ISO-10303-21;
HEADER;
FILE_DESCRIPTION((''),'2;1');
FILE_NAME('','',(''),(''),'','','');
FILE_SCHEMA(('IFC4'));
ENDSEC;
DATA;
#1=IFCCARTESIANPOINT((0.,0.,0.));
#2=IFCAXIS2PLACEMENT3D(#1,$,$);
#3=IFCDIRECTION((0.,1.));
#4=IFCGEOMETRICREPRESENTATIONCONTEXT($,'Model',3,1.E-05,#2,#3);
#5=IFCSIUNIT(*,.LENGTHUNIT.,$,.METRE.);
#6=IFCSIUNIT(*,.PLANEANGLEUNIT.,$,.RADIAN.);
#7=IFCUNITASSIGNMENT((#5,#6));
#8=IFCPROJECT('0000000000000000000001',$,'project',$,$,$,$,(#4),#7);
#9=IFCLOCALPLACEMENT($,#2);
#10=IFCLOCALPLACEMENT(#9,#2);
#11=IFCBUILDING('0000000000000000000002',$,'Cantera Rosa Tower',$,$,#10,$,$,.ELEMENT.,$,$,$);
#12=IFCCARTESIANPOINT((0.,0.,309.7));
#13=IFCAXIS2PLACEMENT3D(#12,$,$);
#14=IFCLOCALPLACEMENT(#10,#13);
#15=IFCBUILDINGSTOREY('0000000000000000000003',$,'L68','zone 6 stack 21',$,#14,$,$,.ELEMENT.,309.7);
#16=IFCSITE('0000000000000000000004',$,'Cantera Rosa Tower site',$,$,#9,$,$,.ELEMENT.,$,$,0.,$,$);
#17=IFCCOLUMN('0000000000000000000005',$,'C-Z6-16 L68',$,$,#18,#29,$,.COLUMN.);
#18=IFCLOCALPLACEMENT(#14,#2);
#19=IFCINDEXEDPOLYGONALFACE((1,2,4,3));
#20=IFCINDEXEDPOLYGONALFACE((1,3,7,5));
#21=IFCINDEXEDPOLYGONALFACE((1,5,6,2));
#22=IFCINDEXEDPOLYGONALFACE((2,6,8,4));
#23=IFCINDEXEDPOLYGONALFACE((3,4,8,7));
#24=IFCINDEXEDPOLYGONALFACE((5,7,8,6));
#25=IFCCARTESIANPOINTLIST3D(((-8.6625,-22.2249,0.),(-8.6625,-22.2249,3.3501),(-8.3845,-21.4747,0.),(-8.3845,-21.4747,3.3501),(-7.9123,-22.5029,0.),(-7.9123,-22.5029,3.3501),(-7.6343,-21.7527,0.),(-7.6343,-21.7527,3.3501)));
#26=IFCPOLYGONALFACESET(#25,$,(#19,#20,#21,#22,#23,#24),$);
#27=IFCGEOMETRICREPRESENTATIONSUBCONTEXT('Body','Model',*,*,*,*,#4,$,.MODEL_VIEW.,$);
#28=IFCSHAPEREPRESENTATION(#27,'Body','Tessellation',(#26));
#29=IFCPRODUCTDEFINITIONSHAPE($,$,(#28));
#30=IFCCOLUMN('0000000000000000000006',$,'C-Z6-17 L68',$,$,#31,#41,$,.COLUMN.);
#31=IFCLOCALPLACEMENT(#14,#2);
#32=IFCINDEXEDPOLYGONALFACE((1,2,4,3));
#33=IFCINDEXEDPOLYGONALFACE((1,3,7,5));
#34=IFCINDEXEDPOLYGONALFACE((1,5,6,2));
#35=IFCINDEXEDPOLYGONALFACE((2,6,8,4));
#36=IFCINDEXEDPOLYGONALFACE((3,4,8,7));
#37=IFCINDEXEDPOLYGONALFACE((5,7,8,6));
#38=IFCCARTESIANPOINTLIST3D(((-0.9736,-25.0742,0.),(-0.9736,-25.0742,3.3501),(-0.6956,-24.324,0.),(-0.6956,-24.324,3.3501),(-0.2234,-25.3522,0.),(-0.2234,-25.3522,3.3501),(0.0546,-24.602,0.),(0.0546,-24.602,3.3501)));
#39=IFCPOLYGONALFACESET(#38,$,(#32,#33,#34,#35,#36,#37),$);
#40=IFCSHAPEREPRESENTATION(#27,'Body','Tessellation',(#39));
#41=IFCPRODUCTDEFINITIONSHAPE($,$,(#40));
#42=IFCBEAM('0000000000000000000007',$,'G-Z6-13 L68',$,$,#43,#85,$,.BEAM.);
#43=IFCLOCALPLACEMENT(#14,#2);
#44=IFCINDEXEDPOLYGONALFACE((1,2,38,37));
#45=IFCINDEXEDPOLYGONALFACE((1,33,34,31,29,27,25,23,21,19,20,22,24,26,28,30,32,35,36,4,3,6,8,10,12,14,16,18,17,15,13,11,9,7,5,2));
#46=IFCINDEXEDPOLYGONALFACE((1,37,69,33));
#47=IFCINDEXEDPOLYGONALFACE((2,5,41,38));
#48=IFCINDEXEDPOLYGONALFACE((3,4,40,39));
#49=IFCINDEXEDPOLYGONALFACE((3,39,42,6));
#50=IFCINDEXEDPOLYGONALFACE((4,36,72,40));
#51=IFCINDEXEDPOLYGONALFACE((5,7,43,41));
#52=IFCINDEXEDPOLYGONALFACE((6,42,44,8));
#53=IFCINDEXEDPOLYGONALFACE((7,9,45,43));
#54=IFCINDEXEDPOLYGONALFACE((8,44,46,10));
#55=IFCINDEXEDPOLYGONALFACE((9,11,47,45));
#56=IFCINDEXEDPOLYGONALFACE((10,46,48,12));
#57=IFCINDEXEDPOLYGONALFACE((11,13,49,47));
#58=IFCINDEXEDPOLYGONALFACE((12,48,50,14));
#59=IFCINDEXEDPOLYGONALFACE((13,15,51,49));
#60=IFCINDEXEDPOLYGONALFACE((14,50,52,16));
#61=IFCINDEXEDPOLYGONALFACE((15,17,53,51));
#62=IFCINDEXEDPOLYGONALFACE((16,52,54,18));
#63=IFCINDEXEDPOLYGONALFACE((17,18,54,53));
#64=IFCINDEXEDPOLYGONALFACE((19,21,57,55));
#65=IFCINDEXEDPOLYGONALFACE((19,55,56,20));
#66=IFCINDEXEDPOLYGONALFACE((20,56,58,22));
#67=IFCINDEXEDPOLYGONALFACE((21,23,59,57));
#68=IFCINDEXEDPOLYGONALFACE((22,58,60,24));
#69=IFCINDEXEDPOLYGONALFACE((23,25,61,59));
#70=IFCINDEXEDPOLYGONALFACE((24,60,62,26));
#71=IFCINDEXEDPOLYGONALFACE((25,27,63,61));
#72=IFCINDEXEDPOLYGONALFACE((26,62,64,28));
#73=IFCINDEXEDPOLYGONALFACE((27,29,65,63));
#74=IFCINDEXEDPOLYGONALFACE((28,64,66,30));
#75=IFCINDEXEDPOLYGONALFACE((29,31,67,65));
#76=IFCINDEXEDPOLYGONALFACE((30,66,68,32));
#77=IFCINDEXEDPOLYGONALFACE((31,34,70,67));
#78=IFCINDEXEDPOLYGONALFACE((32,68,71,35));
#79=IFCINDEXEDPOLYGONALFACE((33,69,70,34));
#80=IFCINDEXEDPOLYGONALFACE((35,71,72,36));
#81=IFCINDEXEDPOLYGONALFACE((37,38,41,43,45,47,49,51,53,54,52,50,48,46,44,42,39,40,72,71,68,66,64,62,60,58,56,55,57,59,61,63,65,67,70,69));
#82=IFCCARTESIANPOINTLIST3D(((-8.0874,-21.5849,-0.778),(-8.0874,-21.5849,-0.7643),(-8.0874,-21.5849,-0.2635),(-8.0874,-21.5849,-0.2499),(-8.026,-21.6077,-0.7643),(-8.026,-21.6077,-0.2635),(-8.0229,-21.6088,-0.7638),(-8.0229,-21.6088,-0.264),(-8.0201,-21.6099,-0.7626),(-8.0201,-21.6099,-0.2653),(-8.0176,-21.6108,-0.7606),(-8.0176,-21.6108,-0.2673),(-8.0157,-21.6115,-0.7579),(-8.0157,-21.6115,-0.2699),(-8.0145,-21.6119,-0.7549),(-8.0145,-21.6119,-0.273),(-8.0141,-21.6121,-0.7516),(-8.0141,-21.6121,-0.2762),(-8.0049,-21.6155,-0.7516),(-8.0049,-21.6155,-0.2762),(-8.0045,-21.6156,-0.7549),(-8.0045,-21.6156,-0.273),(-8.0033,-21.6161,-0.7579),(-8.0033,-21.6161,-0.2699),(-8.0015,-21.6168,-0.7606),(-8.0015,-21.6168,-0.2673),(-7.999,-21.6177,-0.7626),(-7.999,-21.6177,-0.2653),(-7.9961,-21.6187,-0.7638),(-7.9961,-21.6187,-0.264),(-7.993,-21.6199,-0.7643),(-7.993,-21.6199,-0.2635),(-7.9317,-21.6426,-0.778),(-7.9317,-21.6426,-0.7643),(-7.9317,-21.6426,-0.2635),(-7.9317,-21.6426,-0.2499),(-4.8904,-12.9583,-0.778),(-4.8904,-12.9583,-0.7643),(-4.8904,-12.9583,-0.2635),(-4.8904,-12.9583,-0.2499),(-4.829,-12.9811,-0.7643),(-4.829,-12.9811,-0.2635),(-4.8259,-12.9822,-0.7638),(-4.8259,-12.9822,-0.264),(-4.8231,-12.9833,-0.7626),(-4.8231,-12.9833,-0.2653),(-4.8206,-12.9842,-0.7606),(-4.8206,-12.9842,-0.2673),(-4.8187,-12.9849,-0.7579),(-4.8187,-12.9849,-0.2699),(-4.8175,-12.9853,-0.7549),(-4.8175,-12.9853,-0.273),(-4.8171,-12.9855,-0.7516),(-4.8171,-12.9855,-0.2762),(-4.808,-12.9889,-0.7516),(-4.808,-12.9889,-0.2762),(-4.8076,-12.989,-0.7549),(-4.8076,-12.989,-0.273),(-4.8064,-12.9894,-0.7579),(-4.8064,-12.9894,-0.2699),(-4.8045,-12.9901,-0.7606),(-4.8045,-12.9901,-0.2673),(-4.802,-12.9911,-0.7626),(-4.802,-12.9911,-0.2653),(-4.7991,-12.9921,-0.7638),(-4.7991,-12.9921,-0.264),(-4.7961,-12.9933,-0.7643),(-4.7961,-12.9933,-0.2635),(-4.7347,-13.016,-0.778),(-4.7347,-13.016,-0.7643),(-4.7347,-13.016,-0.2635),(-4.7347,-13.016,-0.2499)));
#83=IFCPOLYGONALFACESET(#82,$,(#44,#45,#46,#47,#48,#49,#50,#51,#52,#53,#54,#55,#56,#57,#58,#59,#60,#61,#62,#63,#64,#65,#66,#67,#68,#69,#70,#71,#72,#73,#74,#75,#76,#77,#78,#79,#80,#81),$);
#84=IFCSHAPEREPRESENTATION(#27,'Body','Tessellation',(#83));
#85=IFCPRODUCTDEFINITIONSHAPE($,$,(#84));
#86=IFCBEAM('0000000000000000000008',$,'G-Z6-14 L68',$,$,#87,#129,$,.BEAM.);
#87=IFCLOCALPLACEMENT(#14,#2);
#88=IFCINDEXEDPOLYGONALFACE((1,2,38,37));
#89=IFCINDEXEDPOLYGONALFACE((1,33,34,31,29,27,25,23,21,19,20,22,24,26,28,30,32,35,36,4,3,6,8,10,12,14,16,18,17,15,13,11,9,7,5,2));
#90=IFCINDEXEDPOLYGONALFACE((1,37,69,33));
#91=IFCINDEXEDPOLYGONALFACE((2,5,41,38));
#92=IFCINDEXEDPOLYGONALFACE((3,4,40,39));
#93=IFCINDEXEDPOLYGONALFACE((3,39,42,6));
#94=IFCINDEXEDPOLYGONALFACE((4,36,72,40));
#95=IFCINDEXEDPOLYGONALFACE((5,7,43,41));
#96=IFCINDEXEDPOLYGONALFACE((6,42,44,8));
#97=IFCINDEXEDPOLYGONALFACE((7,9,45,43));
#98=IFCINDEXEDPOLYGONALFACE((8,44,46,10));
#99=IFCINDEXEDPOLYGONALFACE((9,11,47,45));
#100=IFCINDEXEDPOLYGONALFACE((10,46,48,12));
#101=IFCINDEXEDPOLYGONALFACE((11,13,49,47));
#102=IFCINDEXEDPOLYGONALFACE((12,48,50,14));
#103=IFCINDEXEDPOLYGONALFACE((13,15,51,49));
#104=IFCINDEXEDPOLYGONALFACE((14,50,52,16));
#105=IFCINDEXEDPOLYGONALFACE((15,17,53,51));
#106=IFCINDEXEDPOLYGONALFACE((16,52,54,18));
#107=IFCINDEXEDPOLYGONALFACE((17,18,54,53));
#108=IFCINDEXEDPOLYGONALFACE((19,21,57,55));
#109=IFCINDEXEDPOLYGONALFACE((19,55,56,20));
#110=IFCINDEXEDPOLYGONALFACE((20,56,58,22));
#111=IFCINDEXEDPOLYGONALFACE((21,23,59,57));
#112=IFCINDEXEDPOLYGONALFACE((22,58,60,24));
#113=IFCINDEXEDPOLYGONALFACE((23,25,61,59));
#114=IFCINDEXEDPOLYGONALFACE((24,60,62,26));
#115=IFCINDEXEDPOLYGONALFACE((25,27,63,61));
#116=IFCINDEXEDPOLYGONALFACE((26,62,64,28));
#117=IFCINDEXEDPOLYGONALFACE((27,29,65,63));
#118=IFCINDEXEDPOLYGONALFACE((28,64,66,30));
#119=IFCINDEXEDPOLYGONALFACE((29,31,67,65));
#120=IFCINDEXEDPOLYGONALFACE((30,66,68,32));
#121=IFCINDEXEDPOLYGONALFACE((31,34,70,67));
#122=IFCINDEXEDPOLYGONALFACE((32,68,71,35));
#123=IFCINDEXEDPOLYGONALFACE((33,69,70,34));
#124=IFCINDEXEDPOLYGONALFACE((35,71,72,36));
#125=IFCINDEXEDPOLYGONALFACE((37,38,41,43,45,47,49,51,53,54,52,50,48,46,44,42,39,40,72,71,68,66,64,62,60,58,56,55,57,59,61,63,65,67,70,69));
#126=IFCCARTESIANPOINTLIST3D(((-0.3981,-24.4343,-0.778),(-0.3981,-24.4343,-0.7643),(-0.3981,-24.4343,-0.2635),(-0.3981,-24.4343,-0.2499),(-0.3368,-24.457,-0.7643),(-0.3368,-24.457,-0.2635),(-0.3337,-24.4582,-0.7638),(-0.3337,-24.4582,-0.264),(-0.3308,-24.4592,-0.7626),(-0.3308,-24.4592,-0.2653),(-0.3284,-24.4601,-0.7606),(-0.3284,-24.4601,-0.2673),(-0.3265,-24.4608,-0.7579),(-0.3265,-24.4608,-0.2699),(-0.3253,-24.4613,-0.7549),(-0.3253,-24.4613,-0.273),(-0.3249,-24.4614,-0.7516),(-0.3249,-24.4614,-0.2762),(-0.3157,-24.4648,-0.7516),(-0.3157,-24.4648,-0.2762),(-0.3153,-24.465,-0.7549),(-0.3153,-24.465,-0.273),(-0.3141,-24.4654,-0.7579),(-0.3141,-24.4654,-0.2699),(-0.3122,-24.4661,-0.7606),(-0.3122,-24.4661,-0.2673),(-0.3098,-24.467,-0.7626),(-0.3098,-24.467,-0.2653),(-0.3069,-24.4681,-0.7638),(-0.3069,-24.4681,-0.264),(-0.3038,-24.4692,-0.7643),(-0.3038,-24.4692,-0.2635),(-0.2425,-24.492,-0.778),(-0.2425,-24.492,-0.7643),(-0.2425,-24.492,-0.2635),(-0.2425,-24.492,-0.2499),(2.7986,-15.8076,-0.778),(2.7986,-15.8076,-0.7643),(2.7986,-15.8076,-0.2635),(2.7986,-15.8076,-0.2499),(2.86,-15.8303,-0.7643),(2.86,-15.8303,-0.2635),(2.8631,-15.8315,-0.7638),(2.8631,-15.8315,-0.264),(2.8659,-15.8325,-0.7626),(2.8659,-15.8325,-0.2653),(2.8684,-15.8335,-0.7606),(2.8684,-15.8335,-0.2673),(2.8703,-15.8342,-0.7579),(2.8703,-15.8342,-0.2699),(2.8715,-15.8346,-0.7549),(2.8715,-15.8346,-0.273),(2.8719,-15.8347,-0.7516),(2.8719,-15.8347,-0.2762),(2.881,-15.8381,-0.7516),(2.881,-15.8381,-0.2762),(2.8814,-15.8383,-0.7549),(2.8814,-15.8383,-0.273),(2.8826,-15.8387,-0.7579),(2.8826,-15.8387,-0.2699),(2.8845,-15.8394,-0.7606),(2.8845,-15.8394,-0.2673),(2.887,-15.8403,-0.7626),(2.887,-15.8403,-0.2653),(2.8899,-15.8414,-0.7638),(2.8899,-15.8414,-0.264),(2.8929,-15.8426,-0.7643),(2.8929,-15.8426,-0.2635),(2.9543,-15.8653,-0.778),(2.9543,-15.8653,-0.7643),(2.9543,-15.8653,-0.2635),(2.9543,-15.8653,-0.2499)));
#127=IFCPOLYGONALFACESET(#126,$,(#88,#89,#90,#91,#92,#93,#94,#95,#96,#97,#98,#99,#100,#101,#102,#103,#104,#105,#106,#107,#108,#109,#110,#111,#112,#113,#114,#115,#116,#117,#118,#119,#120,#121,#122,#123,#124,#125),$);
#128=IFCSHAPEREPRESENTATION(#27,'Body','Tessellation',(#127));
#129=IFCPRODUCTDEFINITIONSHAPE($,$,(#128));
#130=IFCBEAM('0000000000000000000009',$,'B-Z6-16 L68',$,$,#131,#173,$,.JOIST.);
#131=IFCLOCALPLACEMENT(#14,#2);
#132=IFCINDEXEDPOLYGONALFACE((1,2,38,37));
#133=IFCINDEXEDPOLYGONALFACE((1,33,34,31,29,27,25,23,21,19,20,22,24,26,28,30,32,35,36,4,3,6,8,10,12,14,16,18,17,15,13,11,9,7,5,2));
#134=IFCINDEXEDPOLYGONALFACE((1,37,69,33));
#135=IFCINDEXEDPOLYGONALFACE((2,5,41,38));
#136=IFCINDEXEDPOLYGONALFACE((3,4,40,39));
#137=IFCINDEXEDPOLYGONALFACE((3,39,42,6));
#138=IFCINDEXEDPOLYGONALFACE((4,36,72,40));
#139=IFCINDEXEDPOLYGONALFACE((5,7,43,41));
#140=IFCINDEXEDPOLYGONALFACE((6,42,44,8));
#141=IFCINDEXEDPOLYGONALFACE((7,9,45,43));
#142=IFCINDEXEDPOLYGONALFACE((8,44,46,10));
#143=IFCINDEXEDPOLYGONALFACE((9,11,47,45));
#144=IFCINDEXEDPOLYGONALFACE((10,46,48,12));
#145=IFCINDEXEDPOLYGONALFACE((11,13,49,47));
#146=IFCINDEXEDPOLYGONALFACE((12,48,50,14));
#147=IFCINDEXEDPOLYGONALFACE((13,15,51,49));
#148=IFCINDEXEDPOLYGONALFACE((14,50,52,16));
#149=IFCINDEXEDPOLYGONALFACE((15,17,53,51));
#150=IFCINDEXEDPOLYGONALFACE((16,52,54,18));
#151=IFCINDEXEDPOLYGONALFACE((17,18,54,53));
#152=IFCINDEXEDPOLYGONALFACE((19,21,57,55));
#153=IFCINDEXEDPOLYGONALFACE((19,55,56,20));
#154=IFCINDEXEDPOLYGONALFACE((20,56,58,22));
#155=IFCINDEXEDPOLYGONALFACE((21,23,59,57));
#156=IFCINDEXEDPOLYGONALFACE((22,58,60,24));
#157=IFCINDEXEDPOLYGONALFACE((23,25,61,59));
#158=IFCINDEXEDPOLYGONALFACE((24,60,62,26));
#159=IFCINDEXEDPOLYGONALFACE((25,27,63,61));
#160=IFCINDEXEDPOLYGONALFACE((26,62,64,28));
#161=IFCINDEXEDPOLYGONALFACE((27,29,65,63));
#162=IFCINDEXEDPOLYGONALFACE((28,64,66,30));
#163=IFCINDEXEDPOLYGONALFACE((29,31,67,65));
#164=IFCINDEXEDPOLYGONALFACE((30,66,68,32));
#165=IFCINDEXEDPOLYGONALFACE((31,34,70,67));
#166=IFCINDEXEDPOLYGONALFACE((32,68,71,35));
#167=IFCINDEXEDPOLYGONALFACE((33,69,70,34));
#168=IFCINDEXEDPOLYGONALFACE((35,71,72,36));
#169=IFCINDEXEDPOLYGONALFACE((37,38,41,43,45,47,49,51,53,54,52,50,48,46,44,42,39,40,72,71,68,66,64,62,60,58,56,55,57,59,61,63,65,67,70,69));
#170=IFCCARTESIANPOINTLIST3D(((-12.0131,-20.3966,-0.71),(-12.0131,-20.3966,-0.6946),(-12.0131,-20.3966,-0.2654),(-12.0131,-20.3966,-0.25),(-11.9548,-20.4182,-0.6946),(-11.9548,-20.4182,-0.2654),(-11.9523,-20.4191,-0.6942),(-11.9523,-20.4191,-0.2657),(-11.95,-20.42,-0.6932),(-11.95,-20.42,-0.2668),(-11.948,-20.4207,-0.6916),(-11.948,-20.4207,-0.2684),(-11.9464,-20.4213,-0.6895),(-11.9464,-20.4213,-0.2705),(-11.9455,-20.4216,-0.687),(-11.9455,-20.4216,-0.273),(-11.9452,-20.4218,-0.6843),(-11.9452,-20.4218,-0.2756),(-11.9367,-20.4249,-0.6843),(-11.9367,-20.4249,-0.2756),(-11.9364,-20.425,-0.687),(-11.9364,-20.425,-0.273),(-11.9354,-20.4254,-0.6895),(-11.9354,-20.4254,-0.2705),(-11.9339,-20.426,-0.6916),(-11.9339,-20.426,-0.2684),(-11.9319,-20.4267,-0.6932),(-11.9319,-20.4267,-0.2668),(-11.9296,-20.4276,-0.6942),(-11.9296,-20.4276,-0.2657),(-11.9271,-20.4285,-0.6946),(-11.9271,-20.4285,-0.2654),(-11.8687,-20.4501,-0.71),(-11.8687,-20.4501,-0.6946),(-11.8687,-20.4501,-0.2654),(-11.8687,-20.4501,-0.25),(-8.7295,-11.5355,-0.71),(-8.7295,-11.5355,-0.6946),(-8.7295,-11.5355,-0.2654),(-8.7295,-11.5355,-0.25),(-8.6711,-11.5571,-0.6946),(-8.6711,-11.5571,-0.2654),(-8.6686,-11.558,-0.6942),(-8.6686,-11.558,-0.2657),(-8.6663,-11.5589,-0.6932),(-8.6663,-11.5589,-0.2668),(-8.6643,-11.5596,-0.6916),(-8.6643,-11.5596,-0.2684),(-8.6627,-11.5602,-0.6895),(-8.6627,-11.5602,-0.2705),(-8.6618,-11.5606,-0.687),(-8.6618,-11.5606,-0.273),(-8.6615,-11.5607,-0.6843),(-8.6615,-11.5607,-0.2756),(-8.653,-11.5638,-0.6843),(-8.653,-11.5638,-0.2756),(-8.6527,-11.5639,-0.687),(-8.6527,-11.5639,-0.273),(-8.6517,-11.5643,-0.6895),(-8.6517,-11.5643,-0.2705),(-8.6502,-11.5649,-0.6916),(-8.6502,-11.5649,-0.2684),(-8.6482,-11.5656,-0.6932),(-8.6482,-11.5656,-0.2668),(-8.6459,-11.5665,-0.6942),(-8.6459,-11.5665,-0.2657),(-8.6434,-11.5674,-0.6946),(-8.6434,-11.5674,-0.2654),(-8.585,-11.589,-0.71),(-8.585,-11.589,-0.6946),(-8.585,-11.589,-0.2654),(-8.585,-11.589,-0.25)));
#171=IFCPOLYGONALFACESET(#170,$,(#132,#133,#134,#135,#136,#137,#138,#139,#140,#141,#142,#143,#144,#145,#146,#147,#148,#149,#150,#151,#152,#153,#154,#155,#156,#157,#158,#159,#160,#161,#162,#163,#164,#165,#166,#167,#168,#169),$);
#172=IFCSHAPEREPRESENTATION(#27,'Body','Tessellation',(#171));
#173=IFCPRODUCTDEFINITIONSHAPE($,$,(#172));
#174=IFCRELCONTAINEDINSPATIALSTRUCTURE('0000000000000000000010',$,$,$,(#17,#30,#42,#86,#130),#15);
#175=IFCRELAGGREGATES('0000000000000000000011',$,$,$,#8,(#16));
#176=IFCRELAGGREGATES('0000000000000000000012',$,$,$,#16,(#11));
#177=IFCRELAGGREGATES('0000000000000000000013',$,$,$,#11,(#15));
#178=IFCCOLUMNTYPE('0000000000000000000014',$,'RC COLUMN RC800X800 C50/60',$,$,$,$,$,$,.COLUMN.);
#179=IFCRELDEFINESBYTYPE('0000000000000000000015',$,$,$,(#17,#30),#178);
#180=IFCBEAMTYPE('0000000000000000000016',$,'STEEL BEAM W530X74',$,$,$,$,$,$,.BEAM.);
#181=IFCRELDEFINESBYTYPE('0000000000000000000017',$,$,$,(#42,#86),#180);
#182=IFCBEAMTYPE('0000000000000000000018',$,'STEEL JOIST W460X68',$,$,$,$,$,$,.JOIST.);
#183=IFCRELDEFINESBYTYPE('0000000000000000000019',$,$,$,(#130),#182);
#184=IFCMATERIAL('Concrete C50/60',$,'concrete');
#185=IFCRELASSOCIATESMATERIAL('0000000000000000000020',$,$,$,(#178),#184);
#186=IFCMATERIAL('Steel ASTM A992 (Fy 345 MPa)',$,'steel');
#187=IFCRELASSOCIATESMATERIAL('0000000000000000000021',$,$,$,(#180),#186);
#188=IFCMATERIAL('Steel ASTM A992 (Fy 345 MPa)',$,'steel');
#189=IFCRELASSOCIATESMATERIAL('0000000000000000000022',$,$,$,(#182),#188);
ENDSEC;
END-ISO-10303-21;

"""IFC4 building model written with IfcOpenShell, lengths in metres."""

from ifc_helpers import new_model, si_unit, direction, frame, origin, origin_2d, place, context, subcontext, project, spatial, rectangle, i_section, extrude, material, material_profile, profile_set, type_object, element, save


model = new_model("IFC4")

# Units and contexts
model_context = context("Model", 3, precision=1e-05, world=origin(), true_north=direction((0.0, 1.0)))
body_context = subcontext(model_context, "Body", "Model", "MODEL_VIEW")
ifc_project = project(units=[si_unit("LENGTHUNIT", "METRE"), si_unit("PLANEANGLEUNIT", "RADIAN")], contexts=[model_context])

# Site, building, storey
site_placement = place(None, origin())
site = spatial("IfcSite", under=ifc_project, at=site_placement, Name="Cantera Rosa Tower site", CompositionType="ELEMENT", RefElevation=0.0)
building_placement = place(site_placement, origin())
building = spatial("IfcBuilding", under=site, at=building_placement, Name="Cantera Rosa Tower", CompositionType="ELEMENT")
storey_placement = place(building_placement, frame((0.0, 0.0, 309.7)))
storey = spatial("IfcBuildingStorey", under=building, at=storey_placement, Name="L68", Description="zone 6 stack 21", CompositionType="ELEMENT", Elevation=309.7)

# Columns
ifc_material_1 = material(Name="Concrete C50/60", Category="concrete")
ifc_material_profile_1 = material_profile(ifc_material_1, rectangle(XDim=0.8, YDim=0.8, at=origin_2d()), Name="RC COLUMN RC800X800 C50/60")
ifc_profile_set_1 = profile_set([ifc_material_profile_1], Name="Concrete C50/60")
column_type = type_object("IfcColumnType", Name="RC COLUMN RC800X800 C50/60", PredefinedType="COLUMN", material=ifc_profile_set_1)
for number, where, z_axis, x_axis, name in (
    (1, (-8.1484, -21.9888, 0.0), (0.0, 0.0, 1.0), (0.347481, 0.937687, 0.0), "C-Z6-16 L68"),
    (2, (-0.4595, -24.8381, 0.0), (0.0, 0.0, 1.0), (0.347481, 0.937687, 0.0), "C-Z6-17 L68"),
):
    element("IfcColumn", number, at=place(storey_placement, frame(where, z_axis=z_axis, x_axis=x_axis)), inside=storey, type_object=column_type, Name=name, PredefinedType="COLUMN", context=body_context, shape_type="SweptSolid", body=[
        extrude(rectangle(XDim=0.8, YDim=0.8, at=origin_2d()), origin(), (0.0, 0.0, 1.0), 3.3501),
    ])

# Beams
ifc_material_2 = material(Name="Steel ASTM A992 (Fy 345 MPa)", Category="steel")
ifc_material_profile_2 = material_profile(ifc_material_2, i_section(OverallWidth=0.166, OverallDepth=0.5281, WebThickness=0.0098, FlangeThickness=0.0137, FilletRadius=0.0127, at=origin_2d()), Name="W530X74")
ifc_profile_set_2 = profile_set([ifc_material_profile_2], Name="Steel ASTM A992 (Fy 345 MPa)")
beam_type_1 = type_object("IfcBeamType", Name="STEEL BEAM W530X74", PredefinedType="BEAM", material=ifc_profile_set_2)
for number, where, z_axis, x_axis, name in (
    (3, (-8.0095, -21.6138, -0.5139), (0.3475, 0.93768, 0.0), (-0.93768, 0.3475, 0.0), "G-Z6-13 L68"),
    (4, (-0.3203, -24.4631, -0.5139), (0.347477, 0.937689, 0.0), (-0.937689, 0.347477, 0.0), "G-Z6-14 L68"),
):
    element("IfcBeam", number, at=place(storey_placement, frame(where, z_axis=z_axis, x_axis=x_axis)), inside=storey, type_object=beam_type_1, Name=name, PredefinedType="BEAM", context=body_context, shape_type="SweptSolid", body=[
        extrude(i_section(OverallWidth=0.166, OverallDepth=0.5281, WebThickness=0.0098, FlangeThickness=0.0137, FilletRadius=0.0127, at=origin_2d()), origin(), (0.0, 0.0, 1.0), 9.2),
    ])
ifc_material_3 = material(Name="Steel ASTM A992 (Fy 345 MPa)", Category="steel")
ifc_material_profile_3 = material_profile(ifc_material_3, i_section(OverallWidth=0.1541, OverallDepth=0.46, WebThickness=0.009, FlangeThickness=0.0154, FilletRadius=0.0103, at=origin_2d()), Name="W460X68")
ifc_profile_set_3 = profile_set([ifc_material_profile_3], Name="Steel ASTM A992 (Fy 345 MPa)")
beam_type_2 = type_object("IfcBeamType", Name="STEEL JOIST W460X68", PredefinedType="JOIST", material=ifc_profile_set_3)
for number, where, z_axis, x_axis, name in (
    (5, (-11.9409, -20.4233, -0.48), (0.347483, 0.937686, 0.0), (-0.937686, 0.347483, 0.0), "B-Z6-16 L68"),
):
    element("IfcBeam", number, at=place(storey_placement, frame(where, z_axis=z_axis, x_axis=x_axis)), inside=storey, type_object=beam_type_2, Name=name, PredefinedType="JOIST", context=body_context, shape_type="SweptSolid", body=[
        extrude(i_section(OverallWidth=0.1541, OverallDepth=0.46, WebThickness=0.009, FlangeThickness=0.0154, FilletRadius=0.0103, at=origin_2d()), origin(), (0.0, 0.0, 1.0), 9.45),
    ])

save(model, "model.ifc")
